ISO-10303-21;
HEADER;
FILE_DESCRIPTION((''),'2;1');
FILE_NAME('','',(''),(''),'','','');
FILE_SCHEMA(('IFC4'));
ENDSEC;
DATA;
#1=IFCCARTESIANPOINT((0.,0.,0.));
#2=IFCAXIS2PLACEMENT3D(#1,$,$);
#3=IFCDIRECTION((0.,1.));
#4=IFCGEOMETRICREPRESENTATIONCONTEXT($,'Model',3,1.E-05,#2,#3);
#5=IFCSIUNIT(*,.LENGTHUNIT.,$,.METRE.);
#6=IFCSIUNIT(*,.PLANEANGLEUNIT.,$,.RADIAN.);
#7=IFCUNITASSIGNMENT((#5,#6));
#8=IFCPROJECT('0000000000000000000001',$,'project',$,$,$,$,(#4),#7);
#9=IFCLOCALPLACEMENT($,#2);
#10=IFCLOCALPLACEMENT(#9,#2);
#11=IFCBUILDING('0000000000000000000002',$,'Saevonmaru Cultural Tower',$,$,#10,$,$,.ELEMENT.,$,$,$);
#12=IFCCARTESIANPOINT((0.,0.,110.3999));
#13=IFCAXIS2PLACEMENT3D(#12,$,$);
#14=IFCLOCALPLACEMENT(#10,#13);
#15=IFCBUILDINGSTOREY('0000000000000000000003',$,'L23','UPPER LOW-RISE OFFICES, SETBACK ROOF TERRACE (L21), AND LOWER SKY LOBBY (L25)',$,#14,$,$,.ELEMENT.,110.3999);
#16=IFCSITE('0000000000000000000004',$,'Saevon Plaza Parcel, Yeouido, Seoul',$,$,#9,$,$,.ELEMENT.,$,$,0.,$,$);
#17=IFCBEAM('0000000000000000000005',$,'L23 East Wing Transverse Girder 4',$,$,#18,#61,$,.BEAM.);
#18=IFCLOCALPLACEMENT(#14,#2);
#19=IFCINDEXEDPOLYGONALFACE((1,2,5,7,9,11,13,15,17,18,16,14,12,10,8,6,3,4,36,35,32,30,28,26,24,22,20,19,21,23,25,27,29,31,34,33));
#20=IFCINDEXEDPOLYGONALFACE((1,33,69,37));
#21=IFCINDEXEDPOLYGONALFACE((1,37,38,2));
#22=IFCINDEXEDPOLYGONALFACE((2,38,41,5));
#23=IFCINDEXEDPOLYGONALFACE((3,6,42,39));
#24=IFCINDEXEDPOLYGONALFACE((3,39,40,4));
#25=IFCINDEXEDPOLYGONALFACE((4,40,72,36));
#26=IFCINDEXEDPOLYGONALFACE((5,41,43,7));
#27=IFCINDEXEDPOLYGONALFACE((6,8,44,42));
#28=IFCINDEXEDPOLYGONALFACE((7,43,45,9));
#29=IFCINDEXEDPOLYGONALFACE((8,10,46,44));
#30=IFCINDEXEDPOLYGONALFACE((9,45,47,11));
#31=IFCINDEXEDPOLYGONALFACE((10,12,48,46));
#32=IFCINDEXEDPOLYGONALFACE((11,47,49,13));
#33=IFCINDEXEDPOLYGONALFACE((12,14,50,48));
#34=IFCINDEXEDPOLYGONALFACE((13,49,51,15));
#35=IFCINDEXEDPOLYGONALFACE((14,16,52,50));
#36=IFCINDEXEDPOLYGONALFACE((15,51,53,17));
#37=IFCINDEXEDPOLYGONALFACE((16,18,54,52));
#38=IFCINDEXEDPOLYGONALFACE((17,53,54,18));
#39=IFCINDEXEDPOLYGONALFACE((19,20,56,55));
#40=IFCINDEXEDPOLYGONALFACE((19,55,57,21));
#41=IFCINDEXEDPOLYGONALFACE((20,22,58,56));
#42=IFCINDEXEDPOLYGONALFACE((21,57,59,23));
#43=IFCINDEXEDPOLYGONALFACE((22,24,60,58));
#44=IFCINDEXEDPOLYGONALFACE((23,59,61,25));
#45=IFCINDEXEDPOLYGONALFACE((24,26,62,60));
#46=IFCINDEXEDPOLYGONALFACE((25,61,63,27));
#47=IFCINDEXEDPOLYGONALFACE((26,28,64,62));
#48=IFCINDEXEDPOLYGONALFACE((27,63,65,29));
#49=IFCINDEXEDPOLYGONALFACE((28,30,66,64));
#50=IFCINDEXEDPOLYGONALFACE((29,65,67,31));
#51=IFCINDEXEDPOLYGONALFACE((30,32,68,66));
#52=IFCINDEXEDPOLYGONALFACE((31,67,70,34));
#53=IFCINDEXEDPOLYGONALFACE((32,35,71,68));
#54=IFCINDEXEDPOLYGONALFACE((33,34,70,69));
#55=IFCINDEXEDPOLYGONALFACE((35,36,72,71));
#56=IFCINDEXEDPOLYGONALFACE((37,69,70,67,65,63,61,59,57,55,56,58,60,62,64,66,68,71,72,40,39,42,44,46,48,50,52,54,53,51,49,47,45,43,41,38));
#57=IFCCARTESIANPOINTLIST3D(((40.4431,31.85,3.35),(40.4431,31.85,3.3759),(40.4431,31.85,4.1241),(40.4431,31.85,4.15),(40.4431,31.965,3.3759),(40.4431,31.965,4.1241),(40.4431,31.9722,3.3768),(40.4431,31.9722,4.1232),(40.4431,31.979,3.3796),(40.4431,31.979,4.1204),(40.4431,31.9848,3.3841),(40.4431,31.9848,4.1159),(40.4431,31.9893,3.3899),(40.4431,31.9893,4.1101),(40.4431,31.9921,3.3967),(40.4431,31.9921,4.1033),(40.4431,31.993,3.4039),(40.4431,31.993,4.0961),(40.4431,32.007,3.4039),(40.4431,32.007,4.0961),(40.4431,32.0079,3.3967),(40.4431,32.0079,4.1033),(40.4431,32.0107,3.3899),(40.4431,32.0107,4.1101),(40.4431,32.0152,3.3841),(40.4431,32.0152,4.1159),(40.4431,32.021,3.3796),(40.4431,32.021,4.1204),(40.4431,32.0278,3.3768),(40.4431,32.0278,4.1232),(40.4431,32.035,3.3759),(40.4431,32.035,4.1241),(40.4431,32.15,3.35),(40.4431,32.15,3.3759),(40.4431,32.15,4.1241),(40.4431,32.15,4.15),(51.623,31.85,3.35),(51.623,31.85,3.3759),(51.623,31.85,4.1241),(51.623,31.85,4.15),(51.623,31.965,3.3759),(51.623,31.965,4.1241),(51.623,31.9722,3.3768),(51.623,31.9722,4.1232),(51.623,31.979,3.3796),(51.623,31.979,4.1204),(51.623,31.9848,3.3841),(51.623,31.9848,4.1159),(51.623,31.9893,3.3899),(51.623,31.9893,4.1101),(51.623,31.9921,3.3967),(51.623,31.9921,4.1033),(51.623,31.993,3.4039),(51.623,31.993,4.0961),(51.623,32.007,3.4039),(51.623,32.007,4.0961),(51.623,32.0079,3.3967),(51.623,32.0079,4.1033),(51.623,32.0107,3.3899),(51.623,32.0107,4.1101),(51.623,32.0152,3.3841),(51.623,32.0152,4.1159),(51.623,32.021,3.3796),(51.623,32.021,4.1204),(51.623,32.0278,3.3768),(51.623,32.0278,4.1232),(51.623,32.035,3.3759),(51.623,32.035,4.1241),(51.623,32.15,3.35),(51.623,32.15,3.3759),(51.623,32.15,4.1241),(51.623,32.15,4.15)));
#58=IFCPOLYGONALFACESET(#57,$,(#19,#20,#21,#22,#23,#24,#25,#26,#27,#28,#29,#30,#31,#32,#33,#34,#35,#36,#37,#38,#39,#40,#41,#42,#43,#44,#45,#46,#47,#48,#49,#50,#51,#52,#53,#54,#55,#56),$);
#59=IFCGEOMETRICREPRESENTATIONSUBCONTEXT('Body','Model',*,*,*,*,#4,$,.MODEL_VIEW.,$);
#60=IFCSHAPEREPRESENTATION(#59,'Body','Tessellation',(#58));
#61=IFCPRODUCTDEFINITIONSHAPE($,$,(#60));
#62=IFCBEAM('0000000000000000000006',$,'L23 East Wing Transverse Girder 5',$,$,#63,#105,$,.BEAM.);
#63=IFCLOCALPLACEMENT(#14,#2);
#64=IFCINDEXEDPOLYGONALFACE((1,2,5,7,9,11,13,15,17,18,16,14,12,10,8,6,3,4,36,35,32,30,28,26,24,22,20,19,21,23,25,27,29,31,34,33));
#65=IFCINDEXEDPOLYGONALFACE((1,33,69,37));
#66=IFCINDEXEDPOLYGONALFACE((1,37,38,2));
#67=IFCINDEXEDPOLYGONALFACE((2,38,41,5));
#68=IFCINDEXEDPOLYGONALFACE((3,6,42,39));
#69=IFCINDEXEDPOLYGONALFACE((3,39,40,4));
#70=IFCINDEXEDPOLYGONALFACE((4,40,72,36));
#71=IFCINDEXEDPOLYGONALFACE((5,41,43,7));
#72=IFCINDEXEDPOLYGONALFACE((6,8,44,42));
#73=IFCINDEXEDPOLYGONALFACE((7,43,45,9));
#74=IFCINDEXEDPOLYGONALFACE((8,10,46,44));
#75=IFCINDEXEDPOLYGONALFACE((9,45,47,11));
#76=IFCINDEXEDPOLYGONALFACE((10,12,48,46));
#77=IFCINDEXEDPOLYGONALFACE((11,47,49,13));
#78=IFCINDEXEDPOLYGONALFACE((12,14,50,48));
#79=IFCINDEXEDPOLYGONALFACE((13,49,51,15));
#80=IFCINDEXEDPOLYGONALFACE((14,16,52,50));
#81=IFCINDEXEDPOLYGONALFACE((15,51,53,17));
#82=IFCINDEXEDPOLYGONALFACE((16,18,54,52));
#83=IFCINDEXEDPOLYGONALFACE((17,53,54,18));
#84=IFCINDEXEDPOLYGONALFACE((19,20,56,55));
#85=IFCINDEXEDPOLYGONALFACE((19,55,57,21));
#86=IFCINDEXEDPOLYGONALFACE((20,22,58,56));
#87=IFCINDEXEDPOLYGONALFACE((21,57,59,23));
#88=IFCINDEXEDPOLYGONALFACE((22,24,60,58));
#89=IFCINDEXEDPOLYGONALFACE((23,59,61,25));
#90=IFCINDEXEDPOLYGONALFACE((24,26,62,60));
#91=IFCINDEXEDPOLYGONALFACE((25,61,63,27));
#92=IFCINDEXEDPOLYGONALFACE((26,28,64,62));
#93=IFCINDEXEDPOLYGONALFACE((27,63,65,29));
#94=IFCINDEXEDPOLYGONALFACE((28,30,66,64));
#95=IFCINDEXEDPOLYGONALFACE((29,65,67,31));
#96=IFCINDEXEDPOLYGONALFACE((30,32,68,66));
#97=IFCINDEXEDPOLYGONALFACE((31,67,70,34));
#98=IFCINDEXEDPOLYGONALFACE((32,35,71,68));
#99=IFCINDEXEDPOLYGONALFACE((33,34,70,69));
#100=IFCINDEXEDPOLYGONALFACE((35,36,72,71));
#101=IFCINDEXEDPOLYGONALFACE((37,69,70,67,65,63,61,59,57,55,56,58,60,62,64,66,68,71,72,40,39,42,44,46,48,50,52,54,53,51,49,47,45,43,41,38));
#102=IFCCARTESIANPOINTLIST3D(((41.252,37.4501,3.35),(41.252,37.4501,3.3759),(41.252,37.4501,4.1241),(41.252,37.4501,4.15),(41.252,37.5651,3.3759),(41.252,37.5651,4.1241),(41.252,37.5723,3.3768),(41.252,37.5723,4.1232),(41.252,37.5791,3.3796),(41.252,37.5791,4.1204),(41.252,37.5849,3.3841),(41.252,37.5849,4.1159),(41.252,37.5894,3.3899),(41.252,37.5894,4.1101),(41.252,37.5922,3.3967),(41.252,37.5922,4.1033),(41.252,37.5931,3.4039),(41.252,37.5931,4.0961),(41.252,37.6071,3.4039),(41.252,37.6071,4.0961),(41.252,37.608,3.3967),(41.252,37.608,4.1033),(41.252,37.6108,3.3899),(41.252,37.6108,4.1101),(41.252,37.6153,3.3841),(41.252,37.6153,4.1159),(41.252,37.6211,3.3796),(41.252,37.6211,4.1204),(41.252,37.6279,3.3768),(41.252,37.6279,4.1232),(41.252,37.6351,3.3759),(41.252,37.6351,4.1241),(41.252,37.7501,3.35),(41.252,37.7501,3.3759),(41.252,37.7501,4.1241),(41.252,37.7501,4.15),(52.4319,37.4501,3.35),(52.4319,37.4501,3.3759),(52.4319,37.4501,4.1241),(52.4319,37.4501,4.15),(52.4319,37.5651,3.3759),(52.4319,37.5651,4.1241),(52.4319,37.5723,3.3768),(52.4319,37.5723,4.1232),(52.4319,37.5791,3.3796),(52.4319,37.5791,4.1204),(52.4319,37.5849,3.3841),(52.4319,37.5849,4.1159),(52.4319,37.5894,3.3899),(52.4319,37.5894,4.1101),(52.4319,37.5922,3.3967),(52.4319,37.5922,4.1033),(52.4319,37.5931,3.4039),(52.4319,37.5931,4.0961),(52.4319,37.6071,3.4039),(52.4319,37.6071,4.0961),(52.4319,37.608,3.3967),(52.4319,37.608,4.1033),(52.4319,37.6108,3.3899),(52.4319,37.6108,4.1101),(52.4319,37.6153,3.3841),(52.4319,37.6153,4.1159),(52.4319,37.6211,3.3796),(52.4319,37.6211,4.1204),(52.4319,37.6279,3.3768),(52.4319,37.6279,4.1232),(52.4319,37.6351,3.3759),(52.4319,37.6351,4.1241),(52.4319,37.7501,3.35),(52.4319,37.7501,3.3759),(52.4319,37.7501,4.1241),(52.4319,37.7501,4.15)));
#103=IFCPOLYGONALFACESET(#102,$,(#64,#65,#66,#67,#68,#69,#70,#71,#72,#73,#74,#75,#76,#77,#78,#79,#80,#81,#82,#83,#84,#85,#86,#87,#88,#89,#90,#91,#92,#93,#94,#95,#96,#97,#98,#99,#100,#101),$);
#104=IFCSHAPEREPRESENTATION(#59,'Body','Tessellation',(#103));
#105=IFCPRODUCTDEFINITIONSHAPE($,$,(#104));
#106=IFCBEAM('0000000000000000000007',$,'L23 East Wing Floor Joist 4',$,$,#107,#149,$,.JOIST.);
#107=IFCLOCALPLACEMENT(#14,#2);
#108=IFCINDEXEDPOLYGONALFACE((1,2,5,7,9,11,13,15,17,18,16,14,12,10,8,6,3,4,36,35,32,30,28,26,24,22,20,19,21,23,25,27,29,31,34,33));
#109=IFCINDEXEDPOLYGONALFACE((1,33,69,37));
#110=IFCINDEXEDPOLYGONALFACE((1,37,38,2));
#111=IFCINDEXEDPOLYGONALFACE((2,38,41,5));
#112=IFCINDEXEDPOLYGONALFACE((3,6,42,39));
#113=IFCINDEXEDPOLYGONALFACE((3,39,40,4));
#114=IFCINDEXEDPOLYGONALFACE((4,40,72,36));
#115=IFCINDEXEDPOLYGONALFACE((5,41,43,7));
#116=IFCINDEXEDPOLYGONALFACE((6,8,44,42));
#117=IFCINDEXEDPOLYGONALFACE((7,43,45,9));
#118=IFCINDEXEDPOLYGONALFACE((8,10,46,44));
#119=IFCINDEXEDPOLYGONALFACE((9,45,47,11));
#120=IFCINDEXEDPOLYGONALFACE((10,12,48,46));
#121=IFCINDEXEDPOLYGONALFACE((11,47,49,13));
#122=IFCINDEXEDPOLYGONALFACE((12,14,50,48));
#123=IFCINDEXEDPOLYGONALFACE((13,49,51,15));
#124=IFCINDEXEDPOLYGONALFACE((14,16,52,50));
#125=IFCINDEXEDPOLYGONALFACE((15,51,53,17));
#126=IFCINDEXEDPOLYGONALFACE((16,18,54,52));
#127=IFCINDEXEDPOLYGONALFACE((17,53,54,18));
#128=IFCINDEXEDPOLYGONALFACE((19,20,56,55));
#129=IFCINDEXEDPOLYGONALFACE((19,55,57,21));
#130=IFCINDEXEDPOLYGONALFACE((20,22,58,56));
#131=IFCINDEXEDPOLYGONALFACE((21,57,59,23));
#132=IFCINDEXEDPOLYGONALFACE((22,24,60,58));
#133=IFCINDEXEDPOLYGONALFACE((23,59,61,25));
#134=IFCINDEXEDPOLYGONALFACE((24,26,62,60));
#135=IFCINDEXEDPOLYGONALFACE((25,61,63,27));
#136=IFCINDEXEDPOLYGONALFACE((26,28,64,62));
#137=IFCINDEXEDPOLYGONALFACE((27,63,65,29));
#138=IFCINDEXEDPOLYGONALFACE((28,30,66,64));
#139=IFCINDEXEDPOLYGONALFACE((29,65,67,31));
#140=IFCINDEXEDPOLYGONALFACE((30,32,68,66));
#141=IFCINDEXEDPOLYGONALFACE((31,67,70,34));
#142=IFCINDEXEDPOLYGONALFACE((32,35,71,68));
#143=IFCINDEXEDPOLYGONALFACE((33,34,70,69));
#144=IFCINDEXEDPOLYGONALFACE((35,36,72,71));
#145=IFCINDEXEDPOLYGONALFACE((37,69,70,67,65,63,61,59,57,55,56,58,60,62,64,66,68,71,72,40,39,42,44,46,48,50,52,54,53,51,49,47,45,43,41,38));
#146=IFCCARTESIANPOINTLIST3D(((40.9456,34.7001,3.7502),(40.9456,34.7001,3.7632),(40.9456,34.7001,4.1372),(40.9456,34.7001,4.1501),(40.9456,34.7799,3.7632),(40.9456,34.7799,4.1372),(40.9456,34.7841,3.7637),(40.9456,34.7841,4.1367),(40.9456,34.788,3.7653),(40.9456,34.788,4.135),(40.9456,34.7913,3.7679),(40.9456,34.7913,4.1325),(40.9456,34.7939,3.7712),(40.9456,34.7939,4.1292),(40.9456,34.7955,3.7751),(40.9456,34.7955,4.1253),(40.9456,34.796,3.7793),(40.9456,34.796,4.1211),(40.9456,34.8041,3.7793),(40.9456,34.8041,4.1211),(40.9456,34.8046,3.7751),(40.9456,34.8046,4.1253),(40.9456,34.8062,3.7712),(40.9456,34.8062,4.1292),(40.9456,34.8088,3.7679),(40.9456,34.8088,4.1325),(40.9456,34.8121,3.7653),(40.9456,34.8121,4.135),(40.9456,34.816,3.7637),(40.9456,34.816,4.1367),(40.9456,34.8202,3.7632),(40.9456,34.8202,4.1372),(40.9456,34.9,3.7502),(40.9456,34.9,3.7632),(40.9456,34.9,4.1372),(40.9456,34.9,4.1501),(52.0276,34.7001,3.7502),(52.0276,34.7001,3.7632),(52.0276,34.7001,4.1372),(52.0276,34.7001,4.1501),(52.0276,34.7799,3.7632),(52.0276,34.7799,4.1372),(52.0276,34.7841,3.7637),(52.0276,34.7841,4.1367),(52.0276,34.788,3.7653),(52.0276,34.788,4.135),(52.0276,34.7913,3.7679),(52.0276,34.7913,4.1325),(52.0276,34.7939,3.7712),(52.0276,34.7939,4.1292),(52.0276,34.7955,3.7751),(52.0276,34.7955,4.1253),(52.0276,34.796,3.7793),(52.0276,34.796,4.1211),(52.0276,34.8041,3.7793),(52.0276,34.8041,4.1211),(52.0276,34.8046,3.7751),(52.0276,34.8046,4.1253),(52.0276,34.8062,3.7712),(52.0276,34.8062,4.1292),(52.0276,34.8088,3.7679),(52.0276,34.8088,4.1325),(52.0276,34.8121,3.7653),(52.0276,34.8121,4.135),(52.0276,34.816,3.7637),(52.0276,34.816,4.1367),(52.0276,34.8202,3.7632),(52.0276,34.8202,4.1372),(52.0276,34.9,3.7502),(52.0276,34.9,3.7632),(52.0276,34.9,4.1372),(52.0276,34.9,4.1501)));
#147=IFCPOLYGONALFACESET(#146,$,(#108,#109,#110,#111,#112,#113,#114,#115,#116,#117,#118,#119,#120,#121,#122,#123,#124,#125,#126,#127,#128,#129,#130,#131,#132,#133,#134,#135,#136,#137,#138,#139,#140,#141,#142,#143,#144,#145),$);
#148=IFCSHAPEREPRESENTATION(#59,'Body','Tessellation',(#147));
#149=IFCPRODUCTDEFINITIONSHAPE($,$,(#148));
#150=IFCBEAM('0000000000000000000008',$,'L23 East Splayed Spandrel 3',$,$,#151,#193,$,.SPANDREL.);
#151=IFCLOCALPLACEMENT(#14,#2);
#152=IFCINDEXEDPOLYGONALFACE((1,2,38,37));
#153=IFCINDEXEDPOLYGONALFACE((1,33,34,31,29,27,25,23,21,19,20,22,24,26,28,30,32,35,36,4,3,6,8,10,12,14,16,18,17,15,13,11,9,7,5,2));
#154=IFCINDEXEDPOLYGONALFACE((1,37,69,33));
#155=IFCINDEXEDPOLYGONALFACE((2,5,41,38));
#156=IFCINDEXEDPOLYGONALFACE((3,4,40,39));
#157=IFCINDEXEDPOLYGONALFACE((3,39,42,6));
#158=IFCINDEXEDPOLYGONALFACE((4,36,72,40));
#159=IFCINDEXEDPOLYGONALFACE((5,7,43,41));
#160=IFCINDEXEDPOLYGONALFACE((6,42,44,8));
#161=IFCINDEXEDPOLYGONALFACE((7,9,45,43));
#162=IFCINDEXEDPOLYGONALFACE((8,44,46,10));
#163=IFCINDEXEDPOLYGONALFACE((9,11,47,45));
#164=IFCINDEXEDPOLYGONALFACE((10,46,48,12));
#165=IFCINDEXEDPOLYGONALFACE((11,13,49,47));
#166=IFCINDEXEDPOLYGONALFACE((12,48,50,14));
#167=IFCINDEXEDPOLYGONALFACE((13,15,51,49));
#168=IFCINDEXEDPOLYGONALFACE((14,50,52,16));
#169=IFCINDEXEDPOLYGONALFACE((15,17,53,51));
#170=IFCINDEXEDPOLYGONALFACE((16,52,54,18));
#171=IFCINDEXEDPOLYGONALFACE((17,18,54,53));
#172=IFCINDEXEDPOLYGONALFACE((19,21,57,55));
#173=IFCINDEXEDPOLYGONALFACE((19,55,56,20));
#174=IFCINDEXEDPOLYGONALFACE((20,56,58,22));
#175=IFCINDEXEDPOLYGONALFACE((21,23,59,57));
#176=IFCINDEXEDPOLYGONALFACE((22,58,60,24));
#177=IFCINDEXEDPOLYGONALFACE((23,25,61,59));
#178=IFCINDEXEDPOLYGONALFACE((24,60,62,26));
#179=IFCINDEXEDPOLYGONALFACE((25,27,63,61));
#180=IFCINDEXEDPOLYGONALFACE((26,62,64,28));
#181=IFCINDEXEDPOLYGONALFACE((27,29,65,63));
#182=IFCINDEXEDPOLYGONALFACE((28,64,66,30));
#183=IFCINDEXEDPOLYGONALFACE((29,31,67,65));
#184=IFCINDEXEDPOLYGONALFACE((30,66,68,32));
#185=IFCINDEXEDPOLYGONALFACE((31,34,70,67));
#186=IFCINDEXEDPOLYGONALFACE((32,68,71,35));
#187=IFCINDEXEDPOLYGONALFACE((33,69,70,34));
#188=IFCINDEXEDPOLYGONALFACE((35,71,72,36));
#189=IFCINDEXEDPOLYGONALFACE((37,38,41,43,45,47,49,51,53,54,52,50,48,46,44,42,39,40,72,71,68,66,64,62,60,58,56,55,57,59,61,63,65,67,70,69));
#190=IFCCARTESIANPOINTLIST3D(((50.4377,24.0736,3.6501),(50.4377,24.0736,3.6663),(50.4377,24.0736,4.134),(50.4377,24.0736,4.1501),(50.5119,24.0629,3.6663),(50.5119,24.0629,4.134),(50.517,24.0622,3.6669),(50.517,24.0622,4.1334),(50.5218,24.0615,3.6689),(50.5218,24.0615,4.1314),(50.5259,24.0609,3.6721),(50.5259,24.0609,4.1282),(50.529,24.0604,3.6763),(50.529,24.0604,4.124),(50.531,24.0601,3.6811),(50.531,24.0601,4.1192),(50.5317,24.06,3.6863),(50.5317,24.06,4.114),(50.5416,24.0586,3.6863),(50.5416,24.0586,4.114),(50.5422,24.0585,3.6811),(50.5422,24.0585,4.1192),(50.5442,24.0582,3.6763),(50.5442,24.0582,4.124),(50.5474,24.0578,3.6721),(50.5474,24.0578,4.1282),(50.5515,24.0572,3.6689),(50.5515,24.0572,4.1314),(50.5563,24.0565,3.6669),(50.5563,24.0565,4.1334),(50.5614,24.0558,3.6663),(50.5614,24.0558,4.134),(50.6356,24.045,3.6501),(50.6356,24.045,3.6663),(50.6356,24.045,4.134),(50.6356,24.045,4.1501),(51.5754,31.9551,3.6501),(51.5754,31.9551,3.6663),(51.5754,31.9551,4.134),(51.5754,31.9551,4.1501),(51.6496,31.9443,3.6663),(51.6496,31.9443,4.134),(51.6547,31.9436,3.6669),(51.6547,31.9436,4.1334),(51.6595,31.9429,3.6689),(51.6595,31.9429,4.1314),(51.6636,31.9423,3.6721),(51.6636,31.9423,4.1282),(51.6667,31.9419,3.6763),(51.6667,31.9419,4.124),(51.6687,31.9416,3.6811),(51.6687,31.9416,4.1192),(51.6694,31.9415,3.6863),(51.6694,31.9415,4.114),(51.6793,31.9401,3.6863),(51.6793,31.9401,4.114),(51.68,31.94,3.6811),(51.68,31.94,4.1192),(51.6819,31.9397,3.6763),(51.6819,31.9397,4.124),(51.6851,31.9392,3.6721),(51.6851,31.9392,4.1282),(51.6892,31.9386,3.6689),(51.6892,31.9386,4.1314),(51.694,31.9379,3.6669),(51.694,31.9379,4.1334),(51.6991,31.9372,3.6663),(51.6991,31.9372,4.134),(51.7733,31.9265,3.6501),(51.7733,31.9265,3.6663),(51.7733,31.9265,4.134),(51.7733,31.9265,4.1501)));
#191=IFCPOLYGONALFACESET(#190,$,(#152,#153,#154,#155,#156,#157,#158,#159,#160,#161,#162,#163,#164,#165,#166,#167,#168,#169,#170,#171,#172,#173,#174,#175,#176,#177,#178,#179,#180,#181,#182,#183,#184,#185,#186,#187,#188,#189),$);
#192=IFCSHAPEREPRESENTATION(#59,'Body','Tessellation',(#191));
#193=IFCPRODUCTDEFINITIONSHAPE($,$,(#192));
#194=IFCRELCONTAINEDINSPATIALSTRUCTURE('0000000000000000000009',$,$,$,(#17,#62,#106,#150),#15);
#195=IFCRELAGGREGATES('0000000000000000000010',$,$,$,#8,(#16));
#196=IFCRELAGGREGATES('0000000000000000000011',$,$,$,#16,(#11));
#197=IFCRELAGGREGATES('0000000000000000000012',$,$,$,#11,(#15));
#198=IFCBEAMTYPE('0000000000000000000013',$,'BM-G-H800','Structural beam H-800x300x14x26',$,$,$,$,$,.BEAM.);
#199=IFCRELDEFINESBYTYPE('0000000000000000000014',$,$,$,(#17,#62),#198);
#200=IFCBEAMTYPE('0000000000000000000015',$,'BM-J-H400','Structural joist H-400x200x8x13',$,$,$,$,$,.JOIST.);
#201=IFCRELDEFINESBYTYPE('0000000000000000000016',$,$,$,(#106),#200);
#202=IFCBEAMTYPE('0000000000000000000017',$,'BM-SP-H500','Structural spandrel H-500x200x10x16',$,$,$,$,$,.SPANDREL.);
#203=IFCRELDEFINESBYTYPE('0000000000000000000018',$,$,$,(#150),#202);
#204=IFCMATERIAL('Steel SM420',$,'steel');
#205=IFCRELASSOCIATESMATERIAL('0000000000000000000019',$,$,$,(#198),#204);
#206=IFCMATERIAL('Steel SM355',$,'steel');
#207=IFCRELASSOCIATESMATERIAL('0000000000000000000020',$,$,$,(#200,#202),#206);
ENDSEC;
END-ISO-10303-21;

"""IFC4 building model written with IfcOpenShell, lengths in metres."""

from ifc_helpers import new_model, si_unit, direction, frame, origin, origin_2d, place, context, subcontext, project, spatial, i_section, extrude, material, material_profile, profile_set, type_object, element, save


model = new_model("IFC4")

# Units and contexts
model_context = context("Model", 3, precision=1e-05, world=origin(), true_north=direction((0.0, 1.0)))
body_context = subcontext(model_context, "Body", "Model", "MODEL_VIEW")
ifc_project = project(units=[si_unit("LENGTHUNIT", "METRE"), si_unit("PLANEANGLEUNIT", "RADIAN")], contexts=[model_context])

# Site, building, storey
site_placement = place(None, origin())
site = spatial("IfcSite", under=ifc_project, at=site_placement, Name="Saevon Plaza Parcel, Yeouido, Seoul", CompositionType="ELEMENT", RefElevation=0.0)
building_placement = place(site_placement, origin())
building = spatial("IfcBuilding", under=site, at=building_placement, Name="Saevonmaru Cultural Tower", CompositionType="ELEMENT")
storey_placement = place(building_placement, frame((0.0, 0.0, 110.3999)))
storey = spatial("IfcBuildingStorey", under=building, at=storey_placement, Name="L23", Description="UPPER LOW-RISE OFFICES, SETBACK ROOF TERRACE (L21), AND LOWER SKY LOBBY (L25)", CompositionType="ELEMENT", Elevation=110.3999)

# Shared definitions
ifc_material_1 = material(Name="Steel SM420", Category="steel")
ifc_material_2 = material(Name="Steel SM355", Category="steel")

# Beams
ifc_material_profile_1 = material_profile(ifc_material_1, i_section(OverallWidth=0.3, OverallDepth=0.8, WebThickness=0.0139, FlangeThickness=0.0259, FilletRadius=0.0281, at=origin_2d()), Name="H-800x300x14x26")
ifc_profile_set_1 = profile_set([ifc_material_profile_1], Name="Steel SM420")
beam_type_1 = type_object("IfcBeamType", Name="BM-G-H800", Description="Structural beam H-800x300x14x26", PredefinedType="BEAM", material=ifc_profile_set_1)
for number, where, z_axis, x_axis, name in (
    (1, (40.4431, 32.0, 3.75), (1.0, 0.0, 0.0), (0.0, 1.0, 0.0), "L23 East Wing Transverse Girder 4"),
    (2, (41.252, 37.6001, 3.75), (1.0, 0.0, 0.0), (0.0, 1.0, 0.0), "L23 East Wing Transverse Girder 5"),
):
    element("IfcBeam", number, at=place(storey_placement, frame(where, z_axis=z_axis, x_axis=x_axis)), inside=storey, type_object=beam_type_1, Name=name, PredefinedType="BEAM", context=body_context, shape_type="SweptSolid", body=[
        extrude(i_section(OverallWidth=0.3, OverallDepth=0.8, WebThickness=0.0139, FlangeThickness=0.0259, FilletRadius=0.0281, at=origin_2d()), origin(), (0.0, 0.0, 1.0), 11.1799),
    ])
ifc_material_profile_2 = material_profile(ifc_material_2, i_section(OverallWidth=0.2, OverallDepth=0.3999, WebThickness=0.0081, FlangeThickness=0.0129, FilletRadius=0.0161, at=origin_2d()), Name="H-400x200x8x13")
ifc_profile_set_2 = profile_set([ifc_material_profile_2], Name="Steel SM355")
beam_type_2 = type_object("IfcBeamType", Name="BM-J-H400", Description="Structural joist H-400x200x8x13", PredefinedType="JOIST", material=ifc_profile_set_2)
beam_1_placement = place(storey_placement, frame((40.9456, 34.8, 3.9502), z_axis=(1.0, 0.0, 0.0), x_axis=(0.0, 1.0, 0.0)))
element("IfcBeam", 3, at=beam_1_placement, inside=storey, type_object=beam_type_2, Name="L23 East Wing Floor Joist 4", PredefinedType="JOIST", context=body_context, shape_type="SweptSolid", body=[
    extrude(i_section(OverallWidth=0.2, OverallDepth=0.3999, WebThickness=0.0081, FlangeThickness=0.0129, FilletRadius=0.0161, at=origin_2d()), origin(), (0.0, 0.0, 1.0), 11.082),
])
ifc_material_profile_3 = material_profile(ifc_material_2, i_section(OverallWidth=0.2, OverallDepth=0.5, WebThickness=0.01, FlangeThickness=0.0161, FilletRadius=0.02, at=origin_2d()), Name="H-500x200x10x16")
ifc_profile_set_3 = profile_set([ifc_material_profile_3], Name="Steel SM355")
beam_type_3 = type_object("IfcBeamType", Name="BM-SP-H500", Description="Structural spandrel H-500x200x10x16", PredefinedType="SPANDREL", material=ifc_profile_set_3)
beam_2_placement = place(storey_placement, frame((50.5366, 24.0593, 3.9001), z_axis=(0.142872, 0.989741, 0.0), x_axis=(-0.989741, 0.142872, 0.0)))
element("IfcBeam", 4, at=beam_2_placement, inside=storey, type_object=beam_type_3, Name="L23 East Splayed Spandrel 3", PredefinedType="SPANDREL", context=body_context, shape_type="SweptSolid", body=[
    extrude(i_section(OverallWidth=0.2, OverallDepth=0.5, WebThickness=0.01, FlangeThickness=0.0161, FilletRadius=0.02, at=origin_2d()), origin(), (0.0, 0.0, 1.0), 7.9631),
])

save(model, "model.ifc")
